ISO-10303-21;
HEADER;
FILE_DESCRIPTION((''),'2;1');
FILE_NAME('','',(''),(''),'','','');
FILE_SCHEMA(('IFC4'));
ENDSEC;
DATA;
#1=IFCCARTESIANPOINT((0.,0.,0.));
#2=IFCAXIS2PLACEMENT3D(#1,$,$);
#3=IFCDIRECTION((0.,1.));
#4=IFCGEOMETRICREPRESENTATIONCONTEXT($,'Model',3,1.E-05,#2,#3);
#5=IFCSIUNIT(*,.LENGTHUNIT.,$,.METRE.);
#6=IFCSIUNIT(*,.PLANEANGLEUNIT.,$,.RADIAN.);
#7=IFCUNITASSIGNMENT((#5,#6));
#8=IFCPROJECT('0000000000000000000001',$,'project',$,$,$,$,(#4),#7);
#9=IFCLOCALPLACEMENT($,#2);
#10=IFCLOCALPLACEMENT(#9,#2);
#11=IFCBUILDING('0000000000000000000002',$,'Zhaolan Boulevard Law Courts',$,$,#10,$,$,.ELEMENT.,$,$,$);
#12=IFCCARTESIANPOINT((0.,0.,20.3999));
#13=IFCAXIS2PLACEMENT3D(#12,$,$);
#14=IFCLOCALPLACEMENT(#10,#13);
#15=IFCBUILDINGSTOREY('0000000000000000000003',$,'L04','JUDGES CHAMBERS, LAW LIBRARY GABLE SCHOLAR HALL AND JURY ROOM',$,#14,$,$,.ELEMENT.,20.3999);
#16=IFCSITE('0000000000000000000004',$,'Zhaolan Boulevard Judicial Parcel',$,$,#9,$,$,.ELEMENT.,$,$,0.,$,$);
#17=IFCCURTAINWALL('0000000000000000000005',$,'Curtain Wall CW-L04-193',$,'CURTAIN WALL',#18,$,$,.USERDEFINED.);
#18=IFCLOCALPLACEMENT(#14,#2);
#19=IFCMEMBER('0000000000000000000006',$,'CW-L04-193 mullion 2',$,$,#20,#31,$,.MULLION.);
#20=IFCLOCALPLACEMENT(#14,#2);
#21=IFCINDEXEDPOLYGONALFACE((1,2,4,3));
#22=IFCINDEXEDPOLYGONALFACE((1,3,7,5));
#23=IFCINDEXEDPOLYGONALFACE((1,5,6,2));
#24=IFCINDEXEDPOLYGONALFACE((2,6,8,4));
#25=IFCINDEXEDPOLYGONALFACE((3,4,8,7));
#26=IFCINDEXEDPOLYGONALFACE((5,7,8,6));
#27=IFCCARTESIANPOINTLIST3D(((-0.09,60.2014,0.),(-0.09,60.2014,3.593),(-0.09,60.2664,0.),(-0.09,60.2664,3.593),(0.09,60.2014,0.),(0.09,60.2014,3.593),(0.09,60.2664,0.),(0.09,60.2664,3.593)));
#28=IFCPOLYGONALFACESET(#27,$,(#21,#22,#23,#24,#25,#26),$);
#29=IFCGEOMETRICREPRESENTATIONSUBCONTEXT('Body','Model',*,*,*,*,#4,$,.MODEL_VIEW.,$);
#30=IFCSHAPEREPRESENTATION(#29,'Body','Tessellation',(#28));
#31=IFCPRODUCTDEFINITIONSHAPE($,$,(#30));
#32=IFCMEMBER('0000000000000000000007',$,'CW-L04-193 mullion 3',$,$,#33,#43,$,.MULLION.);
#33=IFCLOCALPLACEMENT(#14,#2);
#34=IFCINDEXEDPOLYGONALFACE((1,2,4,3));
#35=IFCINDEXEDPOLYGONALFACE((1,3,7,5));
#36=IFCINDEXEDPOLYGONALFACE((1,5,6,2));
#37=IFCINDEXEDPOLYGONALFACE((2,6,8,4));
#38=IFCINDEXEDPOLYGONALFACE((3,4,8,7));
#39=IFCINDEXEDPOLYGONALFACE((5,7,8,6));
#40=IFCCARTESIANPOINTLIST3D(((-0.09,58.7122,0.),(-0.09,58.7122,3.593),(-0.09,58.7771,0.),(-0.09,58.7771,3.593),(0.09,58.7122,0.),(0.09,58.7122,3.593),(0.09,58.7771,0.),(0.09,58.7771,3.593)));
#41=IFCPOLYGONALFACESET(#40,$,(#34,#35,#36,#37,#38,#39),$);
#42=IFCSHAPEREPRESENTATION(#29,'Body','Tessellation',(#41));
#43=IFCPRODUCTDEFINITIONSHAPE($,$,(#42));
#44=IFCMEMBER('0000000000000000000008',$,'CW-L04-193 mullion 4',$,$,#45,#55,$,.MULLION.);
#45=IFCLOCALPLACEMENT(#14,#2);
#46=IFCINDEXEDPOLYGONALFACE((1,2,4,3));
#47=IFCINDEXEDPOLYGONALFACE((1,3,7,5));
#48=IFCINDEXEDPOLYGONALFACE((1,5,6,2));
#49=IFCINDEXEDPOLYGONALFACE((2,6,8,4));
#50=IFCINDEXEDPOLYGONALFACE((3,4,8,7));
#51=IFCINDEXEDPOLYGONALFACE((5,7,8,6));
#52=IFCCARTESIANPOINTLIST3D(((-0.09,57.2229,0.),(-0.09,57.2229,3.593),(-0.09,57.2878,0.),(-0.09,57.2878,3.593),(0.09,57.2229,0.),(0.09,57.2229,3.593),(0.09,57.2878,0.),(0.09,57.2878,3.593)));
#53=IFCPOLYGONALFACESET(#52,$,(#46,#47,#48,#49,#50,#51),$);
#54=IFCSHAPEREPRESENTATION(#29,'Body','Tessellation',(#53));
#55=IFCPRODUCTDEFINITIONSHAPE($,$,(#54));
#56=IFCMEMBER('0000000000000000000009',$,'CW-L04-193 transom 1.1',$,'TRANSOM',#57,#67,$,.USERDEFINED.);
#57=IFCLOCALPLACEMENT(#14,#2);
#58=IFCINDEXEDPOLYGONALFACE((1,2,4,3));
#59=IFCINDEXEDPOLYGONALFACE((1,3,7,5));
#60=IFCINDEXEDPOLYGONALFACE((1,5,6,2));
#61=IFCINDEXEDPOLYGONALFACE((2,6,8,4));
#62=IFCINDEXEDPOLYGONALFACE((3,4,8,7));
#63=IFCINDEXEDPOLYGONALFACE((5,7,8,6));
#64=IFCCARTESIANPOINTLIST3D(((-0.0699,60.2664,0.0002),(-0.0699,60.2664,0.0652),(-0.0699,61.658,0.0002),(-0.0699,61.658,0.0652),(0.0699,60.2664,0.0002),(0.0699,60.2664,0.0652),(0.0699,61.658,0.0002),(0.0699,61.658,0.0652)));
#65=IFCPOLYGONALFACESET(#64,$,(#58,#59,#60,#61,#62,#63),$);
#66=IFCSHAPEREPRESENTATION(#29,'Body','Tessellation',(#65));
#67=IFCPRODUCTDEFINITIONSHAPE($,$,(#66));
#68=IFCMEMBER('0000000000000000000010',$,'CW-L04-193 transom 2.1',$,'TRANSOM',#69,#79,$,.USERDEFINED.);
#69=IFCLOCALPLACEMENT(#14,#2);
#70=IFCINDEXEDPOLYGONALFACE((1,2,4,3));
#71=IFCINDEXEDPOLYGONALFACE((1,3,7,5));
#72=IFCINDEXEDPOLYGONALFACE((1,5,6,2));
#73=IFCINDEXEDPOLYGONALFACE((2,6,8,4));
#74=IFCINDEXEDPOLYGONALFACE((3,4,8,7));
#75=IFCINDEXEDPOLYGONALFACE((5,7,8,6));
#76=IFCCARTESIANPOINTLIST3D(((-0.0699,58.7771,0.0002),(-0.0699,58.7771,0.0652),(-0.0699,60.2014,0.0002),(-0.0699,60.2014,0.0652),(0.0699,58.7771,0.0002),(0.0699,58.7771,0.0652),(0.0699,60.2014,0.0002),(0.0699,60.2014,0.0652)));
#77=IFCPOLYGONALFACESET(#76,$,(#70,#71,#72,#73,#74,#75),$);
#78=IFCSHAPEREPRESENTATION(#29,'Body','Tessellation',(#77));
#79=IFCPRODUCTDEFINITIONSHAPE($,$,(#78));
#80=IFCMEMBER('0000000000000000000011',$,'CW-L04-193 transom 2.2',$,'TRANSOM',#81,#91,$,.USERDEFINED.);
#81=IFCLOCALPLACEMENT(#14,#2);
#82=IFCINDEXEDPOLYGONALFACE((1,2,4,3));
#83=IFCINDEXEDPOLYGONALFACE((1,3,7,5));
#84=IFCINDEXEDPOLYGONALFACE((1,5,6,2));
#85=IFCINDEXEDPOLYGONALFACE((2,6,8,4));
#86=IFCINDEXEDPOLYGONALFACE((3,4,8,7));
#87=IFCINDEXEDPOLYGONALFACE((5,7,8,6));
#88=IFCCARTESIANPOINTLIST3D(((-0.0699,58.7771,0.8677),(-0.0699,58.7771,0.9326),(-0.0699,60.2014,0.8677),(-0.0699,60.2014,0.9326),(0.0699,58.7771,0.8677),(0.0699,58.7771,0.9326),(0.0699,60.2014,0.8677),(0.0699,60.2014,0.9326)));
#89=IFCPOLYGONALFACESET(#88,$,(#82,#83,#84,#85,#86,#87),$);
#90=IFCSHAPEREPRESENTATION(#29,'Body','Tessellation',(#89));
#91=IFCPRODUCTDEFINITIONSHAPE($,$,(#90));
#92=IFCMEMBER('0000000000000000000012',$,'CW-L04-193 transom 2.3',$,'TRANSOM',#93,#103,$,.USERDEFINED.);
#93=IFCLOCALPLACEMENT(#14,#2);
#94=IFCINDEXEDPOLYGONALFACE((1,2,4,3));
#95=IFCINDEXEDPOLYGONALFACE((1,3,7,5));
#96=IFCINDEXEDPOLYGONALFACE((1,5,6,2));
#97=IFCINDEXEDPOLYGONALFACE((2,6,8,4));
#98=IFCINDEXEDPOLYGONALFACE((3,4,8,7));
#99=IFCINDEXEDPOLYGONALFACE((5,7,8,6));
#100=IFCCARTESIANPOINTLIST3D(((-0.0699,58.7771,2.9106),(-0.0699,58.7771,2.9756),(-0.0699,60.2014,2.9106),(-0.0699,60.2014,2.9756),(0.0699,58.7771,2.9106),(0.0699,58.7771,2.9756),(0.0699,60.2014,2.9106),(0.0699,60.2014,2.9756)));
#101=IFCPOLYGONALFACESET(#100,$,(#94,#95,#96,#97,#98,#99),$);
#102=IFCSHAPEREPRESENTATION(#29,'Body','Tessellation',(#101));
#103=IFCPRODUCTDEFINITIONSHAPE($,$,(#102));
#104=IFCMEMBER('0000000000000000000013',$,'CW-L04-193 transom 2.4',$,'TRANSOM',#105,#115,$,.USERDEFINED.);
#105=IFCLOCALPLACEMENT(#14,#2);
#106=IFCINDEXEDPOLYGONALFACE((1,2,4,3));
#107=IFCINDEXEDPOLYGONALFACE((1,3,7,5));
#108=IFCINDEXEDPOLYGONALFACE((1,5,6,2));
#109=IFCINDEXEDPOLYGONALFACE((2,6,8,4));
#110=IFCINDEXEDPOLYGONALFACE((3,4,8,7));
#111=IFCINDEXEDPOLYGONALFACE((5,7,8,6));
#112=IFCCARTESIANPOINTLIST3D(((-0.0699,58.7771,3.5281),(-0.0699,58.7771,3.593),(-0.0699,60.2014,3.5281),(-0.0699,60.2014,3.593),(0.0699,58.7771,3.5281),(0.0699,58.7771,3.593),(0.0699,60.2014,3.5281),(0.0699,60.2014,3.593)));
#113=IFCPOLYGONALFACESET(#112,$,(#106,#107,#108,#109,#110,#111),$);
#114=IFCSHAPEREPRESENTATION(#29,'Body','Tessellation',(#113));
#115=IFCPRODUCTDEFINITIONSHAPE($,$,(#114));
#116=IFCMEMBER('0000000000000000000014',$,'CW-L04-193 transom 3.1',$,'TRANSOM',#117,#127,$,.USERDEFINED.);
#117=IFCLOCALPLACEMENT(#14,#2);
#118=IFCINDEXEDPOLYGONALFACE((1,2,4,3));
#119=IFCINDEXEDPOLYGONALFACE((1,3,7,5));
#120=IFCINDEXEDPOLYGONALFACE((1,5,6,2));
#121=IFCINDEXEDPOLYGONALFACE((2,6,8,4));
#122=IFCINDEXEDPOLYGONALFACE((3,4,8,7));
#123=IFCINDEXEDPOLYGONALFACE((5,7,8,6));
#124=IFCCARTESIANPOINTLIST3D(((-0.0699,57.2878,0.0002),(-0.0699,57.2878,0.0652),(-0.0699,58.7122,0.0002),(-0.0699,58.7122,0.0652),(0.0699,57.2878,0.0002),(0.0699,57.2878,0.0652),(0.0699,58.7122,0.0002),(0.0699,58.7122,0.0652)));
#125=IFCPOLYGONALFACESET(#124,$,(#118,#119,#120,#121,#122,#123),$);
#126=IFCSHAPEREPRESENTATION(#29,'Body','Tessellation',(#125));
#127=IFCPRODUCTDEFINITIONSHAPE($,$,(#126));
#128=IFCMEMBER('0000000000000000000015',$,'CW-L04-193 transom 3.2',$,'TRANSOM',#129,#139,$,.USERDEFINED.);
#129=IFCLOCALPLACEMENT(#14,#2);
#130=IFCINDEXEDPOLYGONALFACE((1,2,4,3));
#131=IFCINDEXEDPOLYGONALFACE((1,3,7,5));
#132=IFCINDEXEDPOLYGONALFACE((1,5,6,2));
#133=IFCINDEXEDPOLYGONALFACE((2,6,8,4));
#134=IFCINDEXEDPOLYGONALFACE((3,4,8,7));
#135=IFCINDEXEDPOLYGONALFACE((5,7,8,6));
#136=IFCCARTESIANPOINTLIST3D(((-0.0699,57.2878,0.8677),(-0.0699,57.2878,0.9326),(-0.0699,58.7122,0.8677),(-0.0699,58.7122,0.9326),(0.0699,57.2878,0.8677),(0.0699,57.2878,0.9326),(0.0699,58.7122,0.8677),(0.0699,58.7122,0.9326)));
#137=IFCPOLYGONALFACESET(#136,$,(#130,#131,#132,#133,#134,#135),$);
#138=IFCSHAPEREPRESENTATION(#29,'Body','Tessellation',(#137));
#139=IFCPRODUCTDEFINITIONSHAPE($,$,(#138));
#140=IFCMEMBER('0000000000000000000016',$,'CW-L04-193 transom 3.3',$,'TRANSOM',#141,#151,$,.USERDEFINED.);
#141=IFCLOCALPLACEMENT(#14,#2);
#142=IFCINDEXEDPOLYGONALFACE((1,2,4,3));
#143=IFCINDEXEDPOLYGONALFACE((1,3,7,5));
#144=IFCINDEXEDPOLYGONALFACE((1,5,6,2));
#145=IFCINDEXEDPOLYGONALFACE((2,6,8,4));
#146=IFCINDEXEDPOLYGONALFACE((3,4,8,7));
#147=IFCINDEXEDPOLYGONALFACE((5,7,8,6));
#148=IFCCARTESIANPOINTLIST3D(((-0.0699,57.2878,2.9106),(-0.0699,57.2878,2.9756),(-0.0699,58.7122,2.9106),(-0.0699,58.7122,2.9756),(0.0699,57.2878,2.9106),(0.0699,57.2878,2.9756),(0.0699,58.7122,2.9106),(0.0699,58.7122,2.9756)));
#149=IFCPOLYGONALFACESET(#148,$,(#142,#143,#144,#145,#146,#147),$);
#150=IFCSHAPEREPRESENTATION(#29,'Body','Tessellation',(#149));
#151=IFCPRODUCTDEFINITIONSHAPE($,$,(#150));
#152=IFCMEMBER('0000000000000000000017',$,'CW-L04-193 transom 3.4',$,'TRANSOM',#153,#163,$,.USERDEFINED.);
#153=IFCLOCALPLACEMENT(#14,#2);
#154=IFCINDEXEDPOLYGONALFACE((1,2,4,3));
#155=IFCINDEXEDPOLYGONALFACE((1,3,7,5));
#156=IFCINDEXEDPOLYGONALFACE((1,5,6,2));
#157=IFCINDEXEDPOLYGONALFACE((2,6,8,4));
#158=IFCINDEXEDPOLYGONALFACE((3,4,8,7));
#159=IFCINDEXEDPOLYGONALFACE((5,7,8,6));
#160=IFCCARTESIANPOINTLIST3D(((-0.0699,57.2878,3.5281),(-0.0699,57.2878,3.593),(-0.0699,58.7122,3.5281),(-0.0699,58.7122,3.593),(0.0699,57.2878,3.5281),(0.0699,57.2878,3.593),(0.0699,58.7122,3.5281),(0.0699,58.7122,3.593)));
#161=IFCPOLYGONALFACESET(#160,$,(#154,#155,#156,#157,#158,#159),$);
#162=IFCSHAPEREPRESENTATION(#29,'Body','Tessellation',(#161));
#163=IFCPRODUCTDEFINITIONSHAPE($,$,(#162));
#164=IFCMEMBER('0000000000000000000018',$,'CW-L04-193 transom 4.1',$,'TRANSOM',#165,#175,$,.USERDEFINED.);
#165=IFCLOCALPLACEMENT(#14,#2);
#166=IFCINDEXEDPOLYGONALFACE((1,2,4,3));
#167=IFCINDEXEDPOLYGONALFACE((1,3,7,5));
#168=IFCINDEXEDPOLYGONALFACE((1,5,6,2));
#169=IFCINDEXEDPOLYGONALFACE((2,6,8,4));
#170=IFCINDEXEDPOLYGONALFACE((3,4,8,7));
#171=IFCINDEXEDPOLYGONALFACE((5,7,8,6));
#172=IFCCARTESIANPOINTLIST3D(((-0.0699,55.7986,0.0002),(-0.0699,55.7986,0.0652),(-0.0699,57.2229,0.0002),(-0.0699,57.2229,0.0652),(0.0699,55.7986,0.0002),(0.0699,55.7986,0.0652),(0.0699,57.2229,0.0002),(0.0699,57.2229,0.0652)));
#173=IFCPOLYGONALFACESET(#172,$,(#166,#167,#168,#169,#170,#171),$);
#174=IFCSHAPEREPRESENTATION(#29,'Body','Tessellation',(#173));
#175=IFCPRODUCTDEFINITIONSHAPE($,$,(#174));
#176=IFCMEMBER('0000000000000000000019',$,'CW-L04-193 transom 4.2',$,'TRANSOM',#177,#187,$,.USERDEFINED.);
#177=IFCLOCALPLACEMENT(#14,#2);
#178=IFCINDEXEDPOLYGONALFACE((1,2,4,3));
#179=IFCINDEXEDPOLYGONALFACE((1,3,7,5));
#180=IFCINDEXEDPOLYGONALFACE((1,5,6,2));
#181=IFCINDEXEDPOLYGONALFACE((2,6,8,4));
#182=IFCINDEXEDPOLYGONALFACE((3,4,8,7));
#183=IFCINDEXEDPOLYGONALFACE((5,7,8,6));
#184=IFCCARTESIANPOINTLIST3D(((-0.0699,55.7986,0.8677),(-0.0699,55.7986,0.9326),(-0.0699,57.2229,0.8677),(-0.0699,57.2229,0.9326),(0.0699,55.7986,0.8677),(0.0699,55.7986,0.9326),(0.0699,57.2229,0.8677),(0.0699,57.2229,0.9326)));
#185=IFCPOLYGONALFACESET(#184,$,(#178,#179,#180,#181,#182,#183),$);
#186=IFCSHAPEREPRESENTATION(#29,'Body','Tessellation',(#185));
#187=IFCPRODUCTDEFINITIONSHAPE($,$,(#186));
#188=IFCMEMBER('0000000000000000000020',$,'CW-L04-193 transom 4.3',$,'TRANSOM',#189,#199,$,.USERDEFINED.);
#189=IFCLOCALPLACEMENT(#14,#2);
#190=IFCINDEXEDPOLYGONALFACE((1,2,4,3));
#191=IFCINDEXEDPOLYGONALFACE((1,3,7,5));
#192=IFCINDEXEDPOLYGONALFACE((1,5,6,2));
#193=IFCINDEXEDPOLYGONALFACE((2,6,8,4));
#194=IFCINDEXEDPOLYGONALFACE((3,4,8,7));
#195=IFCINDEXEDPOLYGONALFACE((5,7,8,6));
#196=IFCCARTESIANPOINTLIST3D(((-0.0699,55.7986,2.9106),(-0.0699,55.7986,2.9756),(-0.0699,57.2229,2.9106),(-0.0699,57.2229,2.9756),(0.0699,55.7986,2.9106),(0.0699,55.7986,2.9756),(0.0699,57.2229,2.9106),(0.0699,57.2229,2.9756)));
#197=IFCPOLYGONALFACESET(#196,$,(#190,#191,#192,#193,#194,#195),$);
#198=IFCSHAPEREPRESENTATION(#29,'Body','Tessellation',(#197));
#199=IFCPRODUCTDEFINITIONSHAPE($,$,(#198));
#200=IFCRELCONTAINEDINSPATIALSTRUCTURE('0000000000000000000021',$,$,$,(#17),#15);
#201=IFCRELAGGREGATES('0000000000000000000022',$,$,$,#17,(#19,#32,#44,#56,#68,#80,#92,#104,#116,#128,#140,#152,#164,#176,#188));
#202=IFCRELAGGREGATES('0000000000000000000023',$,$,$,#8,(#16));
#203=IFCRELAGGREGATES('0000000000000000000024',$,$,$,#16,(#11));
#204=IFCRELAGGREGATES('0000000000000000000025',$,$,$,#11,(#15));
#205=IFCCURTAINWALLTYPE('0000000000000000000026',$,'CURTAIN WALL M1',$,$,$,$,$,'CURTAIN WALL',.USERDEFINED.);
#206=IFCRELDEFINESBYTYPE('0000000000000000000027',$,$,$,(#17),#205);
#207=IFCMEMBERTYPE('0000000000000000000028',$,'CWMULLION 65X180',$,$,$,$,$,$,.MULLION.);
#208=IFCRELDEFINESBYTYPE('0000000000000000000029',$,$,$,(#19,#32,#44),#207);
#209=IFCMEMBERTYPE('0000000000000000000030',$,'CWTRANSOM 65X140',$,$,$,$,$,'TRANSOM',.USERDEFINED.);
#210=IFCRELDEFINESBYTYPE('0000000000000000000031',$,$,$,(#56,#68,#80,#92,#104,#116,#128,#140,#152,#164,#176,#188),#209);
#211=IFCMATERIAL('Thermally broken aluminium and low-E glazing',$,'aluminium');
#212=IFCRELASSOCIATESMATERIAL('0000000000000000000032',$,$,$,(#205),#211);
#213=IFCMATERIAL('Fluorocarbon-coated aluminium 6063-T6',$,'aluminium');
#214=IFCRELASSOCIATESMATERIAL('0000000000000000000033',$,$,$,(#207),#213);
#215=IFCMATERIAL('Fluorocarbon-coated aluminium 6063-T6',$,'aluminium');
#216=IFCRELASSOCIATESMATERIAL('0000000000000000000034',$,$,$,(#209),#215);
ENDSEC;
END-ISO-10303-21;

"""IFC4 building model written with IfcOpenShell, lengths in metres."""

from ifc_helpers import new_model, si_unit, direction, frame, origin, origin_2d, place, context, subcontext, project, spatial, rectangle, extrude, material, material_profile, profile_set, type_object, element, aggregate, save


model = new_model("IFC4")

# Units and contexts
model_context = context("Model", 3, precision=1e-05, world=origin(), true_north=direction((0.0, 1.0)))
body_context = subcontext(model_context, "Body", "Model", "MODEL_VIEW")
ifc_project = project(units=[si_unit("LENGTHUNIT", "METRE"), si_unit("PLANEANGLEUNIT", "RADIAN")], contexts=[model_context])

# Site, building, storey
site_placement = place(None, origin())
site = spatial("IfcSite", under=ifc_project, at=site_placement, Name="Zhaolan Boulevard Judicial Parcel", CompositionType="ELEMENT", RefElevation=0.0)
building_placement = place(site_placement, origin())
building = spatial("IfcBuilding", under=site, at=building_placement, Name="Zhaolan Boulevard Law Courts", CompositionType="ELEMENT")
storey_placement = place(building_placement, frame((0.0, 0.0, 20.3999)))
storey = spatial("IfcBuildingStorey", under=building, at=storey_placement, Name="L04", Description="JUDGES CHAMBERS, LAW LIBRARY GABLE SCHOLAR HALL AND JURY ROOM", CompositionType="ELEMENT", Elevation=20.3999)

# Curtain wall, members
ifc_material_1 = material(Name="Thermally broken aluminium and low-E glazing", Category="aluminium")
curtain_wall_type = type_object("IfcCurtainWallType", Name="CURTAIN WALL M1", ElementType="CURTAIN WALL", PredefinedType="USERDEFINED", material=ifc_material_1)
curtain_wall_placement = place(storey_placement, origin())
curtain_wall = element("IfcCurtainWall", 1, at=curtain_wall_placement, inside=storey, type_object=curtain_wall_type, Name="Curtain Wall CW-L04-193", ObjectType="CURTAIN WALL", PredefinedType="USERDEFINED")
ifc_material_2 = material(Name="Fluorocarbon-coated aluminium 6063-T6", Category="aluminium")
ifc_material_profile_1 = material_profile(ifc_material_2, rectangle(XDim=0.1799, YDim=0.0649, at=origin_2d()), Name="AL65x180")
ifc_profile_set_1 = profile_set([ifc_material_profile_1], Name="Fluorocarbon-coated aluminium 6063-T6")
member_type_1 = type_object("IfcMemberType", Name="CWMULLION 65X180", PredefinedType="MULLION", material=ifc_profile_set_1)
member_1_placement = place(storey_placement, frame((0.0, 60.2339, 0.0), z_axis=(0.0, 0.0, 1.0), x_axis=(1.0, 0.0, 0.0)))
member_1 = element("IfcMember", 2, at=member_1_placement, type_object=member_type_1, Name="CW-L04-193 mullion 2", PredefinedType="MULLION", context=body_context, shape_type="SweptSolid", body=[
    extrude(rectangle(XDim=0.1799, YDim=0.0649, at=origin_2d()), origin(), (0.0, 0.0, 1.0), 3.593),
])
member_2_placement = place(storey_placement, frame((0.0, 58.7446, 0.0), z_axis=(0.0, 0.0, 1.0), x_axis=(1.0, 0.0, 0.0)))
member_2 = element("IfcMember", 3, at=member_2_placement, type_object=member_type_1, Name="CW-L04-193 mullion 3", PredefinedType="MULLION", context=body_context, shape_type="SweptSolid", body=[
    extrude(rectangle(XDim=0.1799, YDim=0.0649, at=origin_2d()), origin(), (0.0, 0.0, 1.0), 3.593),
])
member_3_placement = place(storey_placement, frame((0.0, 57.2554, 0.0), z_axis=(0.0, 0.0, 1.0), x_axis=(1.0, 0.0, 0.0)))
member_3 = element("IfcMember", 4, at=member_3_placement, type_object=member_type_1, Name="CW-L04-193 mullion 4", PredefinedType="MULLION", context=body_context, shape_type="SweptSolid", body=[
    extrude(rectangle(XDim=0.1799, YDim=0.0649, at=origin_2d()), origin(), (0.0, 0.0, 1.0), 3.593),
])
ifc_material_3 = material(Name="Fluorocarbon-coated aluminium 6063-T6", Category="aluminium")
ifc_material_profile_2 = material_profile(ifc_material_3, rectangle(XDim=0.1399, YDim=0.0649, at=origin_2d()), Name="AL65x140")
ifc_profile_set_2 = profile_set([ifc_material_profile_2], Name="Fluorocarbon-coated aluminium 6063-T6")
member_type_2 = type_object("IfcMemberType", Name="CWTRANSOM 65X140", ElementType="TRANSOM", PredefinedType="USERDEFINED", material=ifc_profile_set_2)
member_4_placement = place(storey_placement, frame((0.0, 61.658, 0.0327), z_axis=(0.0, -1.0, 0.0), x_axis=(1.0, 0.0, 0.0)))
member_4 = element("IfcMember", 5, at=member_4_placement, type_object=member_type_2, Name="CW-L04-193 transom 1.1", ObjectType="TRANSOM", PredefinedType="USERDEFINED", context=body_context, shape_type="SweptSolid", body=[
    extrude(rectangle(XDim=0.1399, YDim=0.0649, at=origin_2d()), origin(), (0.0, 0.0, 1.0), 1.3916),
])
member_5_placement = place(storey_placement, frame((0.0, 60.2014, 0.0327), z_axis=(0.0, -1.0, 0.0), x_axis=(1.0, 0.0, 0.0)))
member_5 = element("IfcMember", 6, at=member_5_placement, type_object=member_type_2, Name="CW-L04-193 transom 2.1", ObjectType="TRANSOM", PredefinedType="USERDEFINED", context=body_context, shape_type="SweptSolid", body=[
    extrude(rectangle(XDim=0.1399, YDim=0.0649, at=origin_2d()), origin(), (0.0, 0.0, 1.0), 1.4243),
])
member_6_placement = place(storey_placement, frame((0.0, 60.2014, 0.9001), z_axis=(0.0, -1.0, 0.0), x_axis=(1.0, 0.0, 0.0)))
member_6 = element("IfcMember", 7, at=member_6_placement, type_object=member_type_2, Name="CW-L04-193 transom 2.2", ObjectType="TRANSOM", PredefinedType="USERDEFINED", context=body_context, shape_type="SweptSolid", body=[
    extrude(rectangle(XDim=0.1399, YDim=0.0649, at=origin_2d()), origin(), (0.0, 0.0, 1.0), 1.4243),
])
member_7_placement = place(storey_placement, frame((0.0, 60.2014, 2.9431), z_axis=(0.0, -1.0, 0.0), x_axis=(1.0, 0.0, 0.0)))
member_7 = element("IfcMember", 8, at=member_7_placement, type_object=member_type_2, Name="CW-L04-193 transom 2.3", ObjectType="TRANSOM", PredefinedType="USERDEFINED", context=body_context, shape_type="SweptSolid", body=[
    extrude(rectangle(XDim=0.1399, YDim=0.0649, at=origin_2d()), origin(), (0.0, 0.0, 1.0), 1.4243),
])
member_8_placement = place(storey_placement, frame((0.0, 60.2014, 3.5605), z_axis=(0.0, -1.0, 0.0), x_axis=(1.0, 0.0, 0.0)))
member_8 = element("IfcMember", 9, at=member_8_placement, type_object=member_type_2, Name="CW-L04-193 transom 2.4", ObjectType="TRANSOM", PredefinedType="USERDEFINED", context=body_context, shape_type="SweptSolid", body=[
    extrude(rectangle(XDim=0.1399, YDim=0.0649, at=origin_2d()), origin(), (0.0, 0.0, 1.0), 1.4243),
])
member_9_placement = place(storey_placement, frame((0.0, 58.7122, 0.0327), z_axis=(0.0, -1.0, 0.0), x_axis=(1.0, 0.0, 0.0)))
member_9 = element("IfcMember", 10, at=member_9_placement, type_object=member_type_2, Name="CW-L04-193 transom 3.1", ObjectType="TRANSOM", PredefinedType="USERDEFINED", context=body_context, shape_type="SweptSolid", body=[
    extrude(rectangle(XDim=0.1399, YDim=0.0649, at=origin_2d()), origin(), (0.0, 0.0, 1.0), 1.4243),
])
member_10_placement = place(storey_placement, frame((0.0, 58.7122, 0.9001), z_axis=(0.0, -1.0, 0.0), x_axis=(1.0, 0.0, 0.0)))
member_10 = element("IfcMember", 11, at=member_10_placement, type_object=member_type_2, Name="CW-L04-193 transom 3.2", ObjectType="TRANSOM", PredefinedType="USERDEFINED", context=body_context, shape_type="SweptSolid", body=[
    extrude(rectangle(XDim=0.1399, YDim=0.0649, at=origin_2d()), origin(), (0.0, 0.0, 1.0), 1.4243),
])
member_11_placement = place(storey_placement, frame((0.0, 58.7122, 2.9431), z_axis=(0.0, -1.0, 0.0), x_axis=(1.0, 0.0, 0.0)))
member_11 = element("IfcMember", 12, at=member_11_placement, type_object=member_type_2, Name="CW-L04-193 transom 3.3", ObjectType="TRANSOM", PredefinedType="USERDEFINED", context=body_context, shape_type="SweptSolid", body=[
    extrude(rectangle(XDim=0.1399, YDim=0.0649, at=origin_2d()), origin(), (0.0, 0.0, 1.0), 1.4243),
])
member_12_placement = place(storey_placement, frame((0.0, 58.7122, 3.5605), z_axis=(0.0, -1.0, 0.0), x_axis=(1.0, 0.0, 0.0)))
member_12 = element("IfcMember", 13, at=member_12_placement, type_object=member_type_2, Name="CW-L04-193 transom 3.4", ObjectType="TRANSOM", PredefinedType="USERDEFINED", context=body_context, shape_type="SweptSolid", body=[
    extrude(rectangle(XDim=0.1399, YDim=0.0649, at=origin_2d()), origin(), (0.0, 0.0, 1.0), 1.4243),
])
member_13_placement = place(storey_placement, frame((0.0, 57.2229, 0.0327), z_axis=(0.0, -1.0, 0.0), x_axis=(1.0, 0.0, 0.0)))
member_13 = element("IfcMember", 14, at=member_13_placement, type_object=member_type_2, Name="CW-L04-193 transom 4.1", ObjectType="TRANSOM", PredefinedType="USERDEFINED", context=body_context, shape_type="SweptSolid", body=[
    extrude(rectangle(XDim=0.1399, YDim=0.0649, at=origin_2d()), origin(), (0.0, 0.0, 1.0), 1.4243),
])
member_14_placement = place(storey_placement, frame((0.0, 57.2229, 0.9001), z_axis=(0.0, -1.0, 0.0), x_axis=(1.0, 0.0, 0.0)))
member_14 = element("IfcMember", 15, at=member_14_placement, type_object=member_type_2, Name="CW-L04-193 transom 4.2", ObjectType="TRANSOM", PredefinedType="USERDEFINED", context=body_context, shape_type="SweptSolid", body=[
    extrude(rectangle(XDim=0.1399, YDim=0.0649, at=origin_2d()), origin(), (0.0, 0.0, 1.0), 1.4243),
])
member_15_placement = place(storey_placement, frame((0.0, 57.2229, 2.9431), z_axis=(0.0, -1.0, 0.0), x_axis=(1.0, 0.0, 0.0)))
member_15 = element("IfcMember", 16, at=member_15_placement, type_object=member_type_2, Name="CW-L04-193 transom 4.3", ObjectType="TRANSOM", PredefinedType="USERDEFINED", context=body_context, shape_type="SweptSolid", body=[
    extrude(rectangle(XDim=0.1399, YDim=0.0649, at=origin_2d()), origin(), (0.0, 0.0, 1.0), 1.4243),
])
aggregate(curtain_wall, [member_1, member_2, member_3, member_4, member_5, member_6, member_7, member_8, member_9, member_10, member_11, member_12, member_13, member_14, member_15])

save(model, "model.ifc")
